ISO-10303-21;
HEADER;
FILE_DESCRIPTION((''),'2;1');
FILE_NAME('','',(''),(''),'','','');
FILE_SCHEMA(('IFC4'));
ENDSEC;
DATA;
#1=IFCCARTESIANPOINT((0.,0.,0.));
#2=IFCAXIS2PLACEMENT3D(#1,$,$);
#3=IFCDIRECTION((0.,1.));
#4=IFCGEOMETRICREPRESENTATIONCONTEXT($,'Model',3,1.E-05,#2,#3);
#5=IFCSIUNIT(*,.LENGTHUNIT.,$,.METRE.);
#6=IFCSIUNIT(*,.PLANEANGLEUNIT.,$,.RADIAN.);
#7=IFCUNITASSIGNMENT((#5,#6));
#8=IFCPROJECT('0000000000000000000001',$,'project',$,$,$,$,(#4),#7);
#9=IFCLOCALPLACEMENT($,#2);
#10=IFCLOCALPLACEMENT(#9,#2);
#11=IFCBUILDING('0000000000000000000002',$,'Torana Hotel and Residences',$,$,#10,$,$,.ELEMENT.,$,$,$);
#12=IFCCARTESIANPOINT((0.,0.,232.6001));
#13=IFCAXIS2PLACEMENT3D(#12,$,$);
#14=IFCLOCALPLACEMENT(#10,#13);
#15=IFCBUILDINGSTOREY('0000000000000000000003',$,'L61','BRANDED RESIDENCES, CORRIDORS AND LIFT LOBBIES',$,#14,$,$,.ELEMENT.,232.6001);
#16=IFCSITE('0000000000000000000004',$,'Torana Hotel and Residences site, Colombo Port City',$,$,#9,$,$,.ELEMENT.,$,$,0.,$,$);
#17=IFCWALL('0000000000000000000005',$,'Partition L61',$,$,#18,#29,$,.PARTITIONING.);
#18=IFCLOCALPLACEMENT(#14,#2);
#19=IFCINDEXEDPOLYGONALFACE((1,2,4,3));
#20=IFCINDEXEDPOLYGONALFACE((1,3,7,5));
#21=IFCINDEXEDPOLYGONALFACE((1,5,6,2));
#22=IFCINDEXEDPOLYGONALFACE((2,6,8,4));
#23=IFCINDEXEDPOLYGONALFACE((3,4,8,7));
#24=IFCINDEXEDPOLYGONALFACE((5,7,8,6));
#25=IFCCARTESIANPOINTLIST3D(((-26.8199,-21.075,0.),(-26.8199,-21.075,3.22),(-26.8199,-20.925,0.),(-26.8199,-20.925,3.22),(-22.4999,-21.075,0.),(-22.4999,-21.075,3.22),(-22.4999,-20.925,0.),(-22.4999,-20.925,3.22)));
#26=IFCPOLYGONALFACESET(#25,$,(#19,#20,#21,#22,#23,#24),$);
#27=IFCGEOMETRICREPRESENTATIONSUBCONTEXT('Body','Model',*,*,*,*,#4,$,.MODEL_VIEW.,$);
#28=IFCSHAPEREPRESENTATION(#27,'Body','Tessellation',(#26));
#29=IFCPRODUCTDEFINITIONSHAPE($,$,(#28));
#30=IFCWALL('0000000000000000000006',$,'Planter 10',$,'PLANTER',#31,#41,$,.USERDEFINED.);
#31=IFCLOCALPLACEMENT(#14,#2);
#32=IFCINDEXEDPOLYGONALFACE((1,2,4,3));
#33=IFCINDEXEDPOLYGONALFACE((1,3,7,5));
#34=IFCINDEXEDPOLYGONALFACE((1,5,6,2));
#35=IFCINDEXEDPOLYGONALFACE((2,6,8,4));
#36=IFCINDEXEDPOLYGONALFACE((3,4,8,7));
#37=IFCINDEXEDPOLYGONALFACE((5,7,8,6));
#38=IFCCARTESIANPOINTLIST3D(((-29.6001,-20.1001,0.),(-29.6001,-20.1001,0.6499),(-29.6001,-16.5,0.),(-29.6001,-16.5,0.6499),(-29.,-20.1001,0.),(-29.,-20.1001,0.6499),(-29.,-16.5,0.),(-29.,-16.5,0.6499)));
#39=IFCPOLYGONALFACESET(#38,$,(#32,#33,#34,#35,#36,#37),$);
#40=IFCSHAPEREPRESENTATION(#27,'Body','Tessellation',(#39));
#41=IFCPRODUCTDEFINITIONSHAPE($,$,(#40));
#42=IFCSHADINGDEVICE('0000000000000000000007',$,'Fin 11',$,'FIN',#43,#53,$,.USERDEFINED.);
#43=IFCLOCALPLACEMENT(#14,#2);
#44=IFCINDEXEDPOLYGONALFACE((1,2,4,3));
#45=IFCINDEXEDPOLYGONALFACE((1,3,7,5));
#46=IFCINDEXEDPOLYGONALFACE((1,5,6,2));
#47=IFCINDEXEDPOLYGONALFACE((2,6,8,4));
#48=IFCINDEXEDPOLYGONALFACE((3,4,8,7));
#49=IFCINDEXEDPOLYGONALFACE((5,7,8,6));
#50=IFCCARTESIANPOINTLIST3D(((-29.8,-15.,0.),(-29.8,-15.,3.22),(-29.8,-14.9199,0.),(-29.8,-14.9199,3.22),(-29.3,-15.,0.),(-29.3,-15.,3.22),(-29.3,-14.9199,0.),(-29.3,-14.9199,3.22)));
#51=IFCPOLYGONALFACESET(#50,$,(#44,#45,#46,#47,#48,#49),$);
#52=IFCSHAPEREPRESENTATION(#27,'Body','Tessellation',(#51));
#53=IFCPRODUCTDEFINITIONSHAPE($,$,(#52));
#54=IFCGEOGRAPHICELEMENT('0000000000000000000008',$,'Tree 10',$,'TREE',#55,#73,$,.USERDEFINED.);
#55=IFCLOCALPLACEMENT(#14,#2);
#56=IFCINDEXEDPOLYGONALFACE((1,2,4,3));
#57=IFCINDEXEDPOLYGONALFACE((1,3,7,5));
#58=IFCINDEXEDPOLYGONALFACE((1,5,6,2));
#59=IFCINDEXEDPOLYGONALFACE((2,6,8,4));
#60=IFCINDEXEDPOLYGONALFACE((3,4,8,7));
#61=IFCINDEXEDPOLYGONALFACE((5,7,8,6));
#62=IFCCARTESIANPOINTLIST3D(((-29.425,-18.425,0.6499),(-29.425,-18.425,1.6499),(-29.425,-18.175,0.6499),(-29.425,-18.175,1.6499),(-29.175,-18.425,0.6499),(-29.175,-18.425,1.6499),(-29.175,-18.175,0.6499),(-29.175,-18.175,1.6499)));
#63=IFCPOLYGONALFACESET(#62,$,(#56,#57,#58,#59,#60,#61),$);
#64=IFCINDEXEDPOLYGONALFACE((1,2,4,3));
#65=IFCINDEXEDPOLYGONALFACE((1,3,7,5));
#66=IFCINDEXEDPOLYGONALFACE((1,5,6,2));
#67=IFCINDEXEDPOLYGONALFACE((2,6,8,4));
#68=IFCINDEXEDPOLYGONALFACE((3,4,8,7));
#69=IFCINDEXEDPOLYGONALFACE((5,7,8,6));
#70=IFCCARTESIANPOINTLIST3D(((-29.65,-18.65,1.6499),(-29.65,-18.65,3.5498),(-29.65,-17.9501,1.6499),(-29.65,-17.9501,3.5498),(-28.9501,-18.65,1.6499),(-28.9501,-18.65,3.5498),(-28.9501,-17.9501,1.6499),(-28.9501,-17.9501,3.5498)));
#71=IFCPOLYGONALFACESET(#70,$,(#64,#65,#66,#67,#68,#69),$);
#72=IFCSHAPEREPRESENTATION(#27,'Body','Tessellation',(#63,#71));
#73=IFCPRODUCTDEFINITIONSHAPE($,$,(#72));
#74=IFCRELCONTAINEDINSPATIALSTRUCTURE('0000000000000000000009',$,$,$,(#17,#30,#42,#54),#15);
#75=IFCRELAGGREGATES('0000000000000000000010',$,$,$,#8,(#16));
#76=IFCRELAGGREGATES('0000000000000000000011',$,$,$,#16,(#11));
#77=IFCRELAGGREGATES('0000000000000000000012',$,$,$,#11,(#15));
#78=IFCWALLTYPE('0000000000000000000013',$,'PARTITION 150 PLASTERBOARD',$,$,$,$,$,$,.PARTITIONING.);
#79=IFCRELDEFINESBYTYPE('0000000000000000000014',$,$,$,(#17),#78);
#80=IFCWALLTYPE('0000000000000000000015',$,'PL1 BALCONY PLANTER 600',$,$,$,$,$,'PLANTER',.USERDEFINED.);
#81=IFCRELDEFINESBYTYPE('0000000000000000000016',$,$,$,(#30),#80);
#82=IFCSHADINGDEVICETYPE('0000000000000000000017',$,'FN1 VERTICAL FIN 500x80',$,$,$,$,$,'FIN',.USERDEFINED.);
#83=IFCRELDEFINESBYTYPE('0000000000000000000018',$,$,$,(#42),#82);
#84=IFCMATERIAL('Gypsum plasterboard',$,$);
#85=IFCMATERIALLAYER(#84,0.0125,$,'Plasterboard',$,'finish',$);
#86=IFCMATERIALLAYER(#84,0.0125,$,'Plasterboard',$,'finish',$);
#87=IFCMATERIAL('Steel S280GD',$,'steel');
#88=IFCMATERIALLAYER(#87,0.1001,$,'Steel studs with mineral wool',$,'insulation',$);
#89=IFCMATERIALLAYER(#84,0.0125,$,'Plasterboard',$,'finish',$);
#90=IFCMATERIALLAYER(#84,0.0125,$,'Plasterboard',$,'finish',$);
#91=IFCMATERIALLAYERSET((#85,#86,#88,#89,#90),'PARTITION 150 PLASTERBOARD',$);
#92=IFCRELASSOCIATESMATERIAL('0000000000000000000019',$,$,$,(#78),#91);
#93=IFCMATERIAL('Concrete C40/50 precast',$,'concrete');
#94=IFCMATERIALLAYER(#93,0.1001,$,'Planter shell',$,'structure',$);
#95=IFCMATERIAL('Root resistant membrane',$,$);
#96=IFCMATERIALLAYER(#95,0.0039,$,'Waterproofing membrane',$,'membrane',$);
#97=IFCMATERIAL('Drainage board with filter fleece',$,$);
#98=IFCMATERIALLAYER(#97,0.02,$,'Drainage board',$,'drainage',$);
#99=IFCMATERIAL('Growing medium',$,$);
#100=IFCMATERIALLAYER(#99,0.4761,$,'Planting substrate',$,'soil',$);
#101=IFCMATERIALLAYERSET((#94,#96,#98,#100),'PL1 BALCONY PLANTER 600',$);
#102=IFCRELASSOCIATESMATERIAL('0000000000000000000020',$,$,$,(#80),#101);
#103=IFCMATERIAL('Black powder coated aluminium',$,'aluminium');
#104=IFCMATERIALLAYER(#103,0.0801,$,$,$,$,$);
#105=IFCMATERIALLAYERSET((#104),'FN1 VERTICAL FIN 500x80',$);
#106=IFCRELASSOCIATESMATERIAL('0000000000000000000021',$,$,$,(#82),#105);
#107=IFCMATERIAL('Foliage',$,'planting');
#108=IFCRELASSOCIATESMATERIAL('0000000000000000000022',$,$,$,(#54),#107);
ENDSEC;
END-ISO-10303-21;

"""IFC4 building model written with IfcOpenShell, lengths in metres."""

from ifc_helpers import new_model, si_unit, direction, frame, frame_2d, origin, origin_2d, place, context, subcontext, project, spatial, rectangle, extrude, material, layer, layer_set, type_object, element, save


model = new_model("IFC4")

# Units and contexts
model_context = context("Model", 3, precision=1e-05, world=origin(), true_north=direction((0.0, 1.0)))
body_context = subcontext(model_context, "Body", "Model", "MODEL_VIEW")
ifc_project = project(units=[si_unit("LENGTHUNIT", "METRE"), si_unit("PLANEANGLEUNIT", "RADIAN")], contexts=[model_context])

# Site, building, storey
site_placement = place(None, origin())
site = spatial("IfcSite", under=ifc_project, at=site_placement, Name="Torana Hotel and Residences site, Colombo Port City", CompositionType="ELEMENT", RefElevation=0.0)
building_placement = place(site_placement, origin())
building = spatial("IfcBuilding", under=site, at=building_placement, Name="Torana Hotel and Residences", CompositionType="ELEMENT")
storey_placement = place(building_placement, frame((0.0, 0.0, 232.6001)))
storey = spatial("IfcBuildingStorey", under=building, at=storey_placement, Name="L61", Description="BRANDED RESIDENCES, CORRIDORS AND LIFT LOBBIES", CompositionType="ELEMENT", Elevation=232.6001)

# Walls
ifc_material_1 = material(Name="Gypsum plasterboard")
ifc_layer_1 = layer(ifc_material_1, 0.0125, Name="Plasterboard", Category="finish")
ifc_layer_2 = layer(ifc_material_1, 0.0125, Name="Plasterboard", Category="finish")
ifc_material_2 = material(Name="Steel S280GD", Category="steel")
ifc_layer_3 = layer(ifc_material_2, 0.1001, Name="Steel studs with mineral wool", Category="insulation")
ifc_layer_4 = layer(ifc_material_1, 0.0125, Name="Plasterboard", Category="finish")
ifc_layer_5 = layer(ifc_material_1, 0.0125, Name="Plasterboard", Category="finish")
ifc_layer_set_1 = layer_set([ifc_layer_1, ifc_layer_2, ifc_layer_3, ifc_layer_4, ifc_layer_5], Name="PARTITION 150 PLASTERBOARD")
wall_type_1 = type_object("IfcWallType", Name="PARTITION 150 PLASTERBOARD", PredefinedType="PARTITIONING", material=ifc_layer_set_1)
wall_1_placement = place(storey_placement, frame((-26.8201, -21.0, 0.0), z_axis=(0.0, 0.0, 1.0), x_axis=(1.0, 0.0, 0.0)))
element("IfcWall", 1, at=wall_1_placement, inside=storey, type_object=wall_type_1, Name="Partition L61", PredefinedType="PARTITIONING", context=body_context, shape_type="SweptSolid", body=[
    extrude(rectangle(XDim=4.3201, YDim=0.1499, at=frame_2d((2.1602, 0.0))), origin(), (0.0, 0.0, 1.0), 3.22),
])
ifc_material_3 = material(Name="Concrete C40/50 precast", Category="concrete")
ifc_layer_6 = layer(ifc_material_3, 0.1001, Name="Planter shell", Category="structure")
ifc_material_4 = material(Name="Root resistant membrane")
ifc_layer_7 = layer(ifc_material_4, 0.0039, Name="Waterproofing membrane", Category="membrane")
ifc_material_5 = material(Name="Drainage board with filter fleece")
ifc_layer_8 = layer(ifc_material_5, 0.02, Name="Drainage board", Category="drainage")
ifc_material_6 = material(Name="Growing medium")
ifc_layer_9 = layer(ifc_material_6, 0.4761, Name="Planting substrate", Category="soil")
ifc_layer_set_2 = layer_set([ifc_layer_6, ifc_layer_7, ifc_layer_8, ifc_layer_9], Name="PL1 BALCONY PLANTER 600")
wall_type_2 = type_object("IfcWallType", Name="PL1 BALCONY PLANTER 600", ElementType="PLANTER", PredefinedType="USERDEFINED", material=ifc_layer_set_2)
wall_2_placement = place(storey_placement, frame((-29.3, -20.1001, 0.0), z_axis=(0.0, 0.0, 1.0), x_axis=(0.0, 1.0, 0.0)))
element("IfcWall", 2, at=wall_2_placement, inside=storey, type_object=wall_type_2, Name="Planter 10", ObjectType="PLANTER", PredefinedType="USERDEFINED", context=body_context, shape_type="SweptSolid", body=[
    extrude(rectangle(XDim=3.6001, YDim=0.6001, at=frame_2d((1.8, 0.0))), origin(), (0.0, 0.0, 1.0), 0.6499),
])

# Shading device
ifc_material_7 = material(Name="Black powder coated aluminium", Category="aluminium")
ifc_layer_10 = layer(ifc_material_7, 0.0801)
ifc_layer_set_3 = layer_set([ifc_layer_10], Name="FN1 VERTICAL FIN 500x80")
shading_device_type = type_object("IfcShadingDeviceType", Name="FN1 VERTICAL FIN 500x80", ElementType="FIN", PredefinedType="USERDEFINED", material=ifc_layer_set_3)
shading_device_placement = place(storey_placement, frame((-29.55, -14.96, 0.0), z_axis=(0.0, 0.0, 1.0), x_axis=(0.0, 1.0, 0.0)))
element("IfcShadingDevice", 3, at=shading_device_placement, inside=storey, type_object=shading_device_type, Name="Fin 11", ObjectType="FIN", PredefinedType="USERDEFINED", context=body_context, shape_type="SweptSolid", body=[
    extrude(rectangle(XDim=0.0801, YDim=0.5, at=origin_2d()), origin(), (0.0, 0.0, 1.0), 3.22),
])

# Geographic element
ifc_material_8 = material(Name="Foliage", Category="planting")
geographic_element_placement = place(storey_placement, frame((-29.3, -18.3, 0.6499), z_axis=(0.0, 0.0, 1.0), x_axis=(1.0, 0.0, 0.0)))
element("IfcGeographicElement", 4, at=geographic_element_placement, inside=storey, material=ifc_material_8, Name="Tree 10", ObjectType="TREE", PredefinedType="USERDEFINED", context=body_context, shape_type="SweptSolid", body=[
    extrude(rectangle(XDim=0.25, YDim=0.25, at=origin_2d()), origin(), (0.0, 0.0, 1.0), 1.0),
    extrude(rectangle(XDim=0.7, YDim=0.7, at=origin_2d()), frame((0.0, 0.0, 1.0)), (0.0, 0.0, 1.0), 1.8999),
])

save(model, "model.ifc")
